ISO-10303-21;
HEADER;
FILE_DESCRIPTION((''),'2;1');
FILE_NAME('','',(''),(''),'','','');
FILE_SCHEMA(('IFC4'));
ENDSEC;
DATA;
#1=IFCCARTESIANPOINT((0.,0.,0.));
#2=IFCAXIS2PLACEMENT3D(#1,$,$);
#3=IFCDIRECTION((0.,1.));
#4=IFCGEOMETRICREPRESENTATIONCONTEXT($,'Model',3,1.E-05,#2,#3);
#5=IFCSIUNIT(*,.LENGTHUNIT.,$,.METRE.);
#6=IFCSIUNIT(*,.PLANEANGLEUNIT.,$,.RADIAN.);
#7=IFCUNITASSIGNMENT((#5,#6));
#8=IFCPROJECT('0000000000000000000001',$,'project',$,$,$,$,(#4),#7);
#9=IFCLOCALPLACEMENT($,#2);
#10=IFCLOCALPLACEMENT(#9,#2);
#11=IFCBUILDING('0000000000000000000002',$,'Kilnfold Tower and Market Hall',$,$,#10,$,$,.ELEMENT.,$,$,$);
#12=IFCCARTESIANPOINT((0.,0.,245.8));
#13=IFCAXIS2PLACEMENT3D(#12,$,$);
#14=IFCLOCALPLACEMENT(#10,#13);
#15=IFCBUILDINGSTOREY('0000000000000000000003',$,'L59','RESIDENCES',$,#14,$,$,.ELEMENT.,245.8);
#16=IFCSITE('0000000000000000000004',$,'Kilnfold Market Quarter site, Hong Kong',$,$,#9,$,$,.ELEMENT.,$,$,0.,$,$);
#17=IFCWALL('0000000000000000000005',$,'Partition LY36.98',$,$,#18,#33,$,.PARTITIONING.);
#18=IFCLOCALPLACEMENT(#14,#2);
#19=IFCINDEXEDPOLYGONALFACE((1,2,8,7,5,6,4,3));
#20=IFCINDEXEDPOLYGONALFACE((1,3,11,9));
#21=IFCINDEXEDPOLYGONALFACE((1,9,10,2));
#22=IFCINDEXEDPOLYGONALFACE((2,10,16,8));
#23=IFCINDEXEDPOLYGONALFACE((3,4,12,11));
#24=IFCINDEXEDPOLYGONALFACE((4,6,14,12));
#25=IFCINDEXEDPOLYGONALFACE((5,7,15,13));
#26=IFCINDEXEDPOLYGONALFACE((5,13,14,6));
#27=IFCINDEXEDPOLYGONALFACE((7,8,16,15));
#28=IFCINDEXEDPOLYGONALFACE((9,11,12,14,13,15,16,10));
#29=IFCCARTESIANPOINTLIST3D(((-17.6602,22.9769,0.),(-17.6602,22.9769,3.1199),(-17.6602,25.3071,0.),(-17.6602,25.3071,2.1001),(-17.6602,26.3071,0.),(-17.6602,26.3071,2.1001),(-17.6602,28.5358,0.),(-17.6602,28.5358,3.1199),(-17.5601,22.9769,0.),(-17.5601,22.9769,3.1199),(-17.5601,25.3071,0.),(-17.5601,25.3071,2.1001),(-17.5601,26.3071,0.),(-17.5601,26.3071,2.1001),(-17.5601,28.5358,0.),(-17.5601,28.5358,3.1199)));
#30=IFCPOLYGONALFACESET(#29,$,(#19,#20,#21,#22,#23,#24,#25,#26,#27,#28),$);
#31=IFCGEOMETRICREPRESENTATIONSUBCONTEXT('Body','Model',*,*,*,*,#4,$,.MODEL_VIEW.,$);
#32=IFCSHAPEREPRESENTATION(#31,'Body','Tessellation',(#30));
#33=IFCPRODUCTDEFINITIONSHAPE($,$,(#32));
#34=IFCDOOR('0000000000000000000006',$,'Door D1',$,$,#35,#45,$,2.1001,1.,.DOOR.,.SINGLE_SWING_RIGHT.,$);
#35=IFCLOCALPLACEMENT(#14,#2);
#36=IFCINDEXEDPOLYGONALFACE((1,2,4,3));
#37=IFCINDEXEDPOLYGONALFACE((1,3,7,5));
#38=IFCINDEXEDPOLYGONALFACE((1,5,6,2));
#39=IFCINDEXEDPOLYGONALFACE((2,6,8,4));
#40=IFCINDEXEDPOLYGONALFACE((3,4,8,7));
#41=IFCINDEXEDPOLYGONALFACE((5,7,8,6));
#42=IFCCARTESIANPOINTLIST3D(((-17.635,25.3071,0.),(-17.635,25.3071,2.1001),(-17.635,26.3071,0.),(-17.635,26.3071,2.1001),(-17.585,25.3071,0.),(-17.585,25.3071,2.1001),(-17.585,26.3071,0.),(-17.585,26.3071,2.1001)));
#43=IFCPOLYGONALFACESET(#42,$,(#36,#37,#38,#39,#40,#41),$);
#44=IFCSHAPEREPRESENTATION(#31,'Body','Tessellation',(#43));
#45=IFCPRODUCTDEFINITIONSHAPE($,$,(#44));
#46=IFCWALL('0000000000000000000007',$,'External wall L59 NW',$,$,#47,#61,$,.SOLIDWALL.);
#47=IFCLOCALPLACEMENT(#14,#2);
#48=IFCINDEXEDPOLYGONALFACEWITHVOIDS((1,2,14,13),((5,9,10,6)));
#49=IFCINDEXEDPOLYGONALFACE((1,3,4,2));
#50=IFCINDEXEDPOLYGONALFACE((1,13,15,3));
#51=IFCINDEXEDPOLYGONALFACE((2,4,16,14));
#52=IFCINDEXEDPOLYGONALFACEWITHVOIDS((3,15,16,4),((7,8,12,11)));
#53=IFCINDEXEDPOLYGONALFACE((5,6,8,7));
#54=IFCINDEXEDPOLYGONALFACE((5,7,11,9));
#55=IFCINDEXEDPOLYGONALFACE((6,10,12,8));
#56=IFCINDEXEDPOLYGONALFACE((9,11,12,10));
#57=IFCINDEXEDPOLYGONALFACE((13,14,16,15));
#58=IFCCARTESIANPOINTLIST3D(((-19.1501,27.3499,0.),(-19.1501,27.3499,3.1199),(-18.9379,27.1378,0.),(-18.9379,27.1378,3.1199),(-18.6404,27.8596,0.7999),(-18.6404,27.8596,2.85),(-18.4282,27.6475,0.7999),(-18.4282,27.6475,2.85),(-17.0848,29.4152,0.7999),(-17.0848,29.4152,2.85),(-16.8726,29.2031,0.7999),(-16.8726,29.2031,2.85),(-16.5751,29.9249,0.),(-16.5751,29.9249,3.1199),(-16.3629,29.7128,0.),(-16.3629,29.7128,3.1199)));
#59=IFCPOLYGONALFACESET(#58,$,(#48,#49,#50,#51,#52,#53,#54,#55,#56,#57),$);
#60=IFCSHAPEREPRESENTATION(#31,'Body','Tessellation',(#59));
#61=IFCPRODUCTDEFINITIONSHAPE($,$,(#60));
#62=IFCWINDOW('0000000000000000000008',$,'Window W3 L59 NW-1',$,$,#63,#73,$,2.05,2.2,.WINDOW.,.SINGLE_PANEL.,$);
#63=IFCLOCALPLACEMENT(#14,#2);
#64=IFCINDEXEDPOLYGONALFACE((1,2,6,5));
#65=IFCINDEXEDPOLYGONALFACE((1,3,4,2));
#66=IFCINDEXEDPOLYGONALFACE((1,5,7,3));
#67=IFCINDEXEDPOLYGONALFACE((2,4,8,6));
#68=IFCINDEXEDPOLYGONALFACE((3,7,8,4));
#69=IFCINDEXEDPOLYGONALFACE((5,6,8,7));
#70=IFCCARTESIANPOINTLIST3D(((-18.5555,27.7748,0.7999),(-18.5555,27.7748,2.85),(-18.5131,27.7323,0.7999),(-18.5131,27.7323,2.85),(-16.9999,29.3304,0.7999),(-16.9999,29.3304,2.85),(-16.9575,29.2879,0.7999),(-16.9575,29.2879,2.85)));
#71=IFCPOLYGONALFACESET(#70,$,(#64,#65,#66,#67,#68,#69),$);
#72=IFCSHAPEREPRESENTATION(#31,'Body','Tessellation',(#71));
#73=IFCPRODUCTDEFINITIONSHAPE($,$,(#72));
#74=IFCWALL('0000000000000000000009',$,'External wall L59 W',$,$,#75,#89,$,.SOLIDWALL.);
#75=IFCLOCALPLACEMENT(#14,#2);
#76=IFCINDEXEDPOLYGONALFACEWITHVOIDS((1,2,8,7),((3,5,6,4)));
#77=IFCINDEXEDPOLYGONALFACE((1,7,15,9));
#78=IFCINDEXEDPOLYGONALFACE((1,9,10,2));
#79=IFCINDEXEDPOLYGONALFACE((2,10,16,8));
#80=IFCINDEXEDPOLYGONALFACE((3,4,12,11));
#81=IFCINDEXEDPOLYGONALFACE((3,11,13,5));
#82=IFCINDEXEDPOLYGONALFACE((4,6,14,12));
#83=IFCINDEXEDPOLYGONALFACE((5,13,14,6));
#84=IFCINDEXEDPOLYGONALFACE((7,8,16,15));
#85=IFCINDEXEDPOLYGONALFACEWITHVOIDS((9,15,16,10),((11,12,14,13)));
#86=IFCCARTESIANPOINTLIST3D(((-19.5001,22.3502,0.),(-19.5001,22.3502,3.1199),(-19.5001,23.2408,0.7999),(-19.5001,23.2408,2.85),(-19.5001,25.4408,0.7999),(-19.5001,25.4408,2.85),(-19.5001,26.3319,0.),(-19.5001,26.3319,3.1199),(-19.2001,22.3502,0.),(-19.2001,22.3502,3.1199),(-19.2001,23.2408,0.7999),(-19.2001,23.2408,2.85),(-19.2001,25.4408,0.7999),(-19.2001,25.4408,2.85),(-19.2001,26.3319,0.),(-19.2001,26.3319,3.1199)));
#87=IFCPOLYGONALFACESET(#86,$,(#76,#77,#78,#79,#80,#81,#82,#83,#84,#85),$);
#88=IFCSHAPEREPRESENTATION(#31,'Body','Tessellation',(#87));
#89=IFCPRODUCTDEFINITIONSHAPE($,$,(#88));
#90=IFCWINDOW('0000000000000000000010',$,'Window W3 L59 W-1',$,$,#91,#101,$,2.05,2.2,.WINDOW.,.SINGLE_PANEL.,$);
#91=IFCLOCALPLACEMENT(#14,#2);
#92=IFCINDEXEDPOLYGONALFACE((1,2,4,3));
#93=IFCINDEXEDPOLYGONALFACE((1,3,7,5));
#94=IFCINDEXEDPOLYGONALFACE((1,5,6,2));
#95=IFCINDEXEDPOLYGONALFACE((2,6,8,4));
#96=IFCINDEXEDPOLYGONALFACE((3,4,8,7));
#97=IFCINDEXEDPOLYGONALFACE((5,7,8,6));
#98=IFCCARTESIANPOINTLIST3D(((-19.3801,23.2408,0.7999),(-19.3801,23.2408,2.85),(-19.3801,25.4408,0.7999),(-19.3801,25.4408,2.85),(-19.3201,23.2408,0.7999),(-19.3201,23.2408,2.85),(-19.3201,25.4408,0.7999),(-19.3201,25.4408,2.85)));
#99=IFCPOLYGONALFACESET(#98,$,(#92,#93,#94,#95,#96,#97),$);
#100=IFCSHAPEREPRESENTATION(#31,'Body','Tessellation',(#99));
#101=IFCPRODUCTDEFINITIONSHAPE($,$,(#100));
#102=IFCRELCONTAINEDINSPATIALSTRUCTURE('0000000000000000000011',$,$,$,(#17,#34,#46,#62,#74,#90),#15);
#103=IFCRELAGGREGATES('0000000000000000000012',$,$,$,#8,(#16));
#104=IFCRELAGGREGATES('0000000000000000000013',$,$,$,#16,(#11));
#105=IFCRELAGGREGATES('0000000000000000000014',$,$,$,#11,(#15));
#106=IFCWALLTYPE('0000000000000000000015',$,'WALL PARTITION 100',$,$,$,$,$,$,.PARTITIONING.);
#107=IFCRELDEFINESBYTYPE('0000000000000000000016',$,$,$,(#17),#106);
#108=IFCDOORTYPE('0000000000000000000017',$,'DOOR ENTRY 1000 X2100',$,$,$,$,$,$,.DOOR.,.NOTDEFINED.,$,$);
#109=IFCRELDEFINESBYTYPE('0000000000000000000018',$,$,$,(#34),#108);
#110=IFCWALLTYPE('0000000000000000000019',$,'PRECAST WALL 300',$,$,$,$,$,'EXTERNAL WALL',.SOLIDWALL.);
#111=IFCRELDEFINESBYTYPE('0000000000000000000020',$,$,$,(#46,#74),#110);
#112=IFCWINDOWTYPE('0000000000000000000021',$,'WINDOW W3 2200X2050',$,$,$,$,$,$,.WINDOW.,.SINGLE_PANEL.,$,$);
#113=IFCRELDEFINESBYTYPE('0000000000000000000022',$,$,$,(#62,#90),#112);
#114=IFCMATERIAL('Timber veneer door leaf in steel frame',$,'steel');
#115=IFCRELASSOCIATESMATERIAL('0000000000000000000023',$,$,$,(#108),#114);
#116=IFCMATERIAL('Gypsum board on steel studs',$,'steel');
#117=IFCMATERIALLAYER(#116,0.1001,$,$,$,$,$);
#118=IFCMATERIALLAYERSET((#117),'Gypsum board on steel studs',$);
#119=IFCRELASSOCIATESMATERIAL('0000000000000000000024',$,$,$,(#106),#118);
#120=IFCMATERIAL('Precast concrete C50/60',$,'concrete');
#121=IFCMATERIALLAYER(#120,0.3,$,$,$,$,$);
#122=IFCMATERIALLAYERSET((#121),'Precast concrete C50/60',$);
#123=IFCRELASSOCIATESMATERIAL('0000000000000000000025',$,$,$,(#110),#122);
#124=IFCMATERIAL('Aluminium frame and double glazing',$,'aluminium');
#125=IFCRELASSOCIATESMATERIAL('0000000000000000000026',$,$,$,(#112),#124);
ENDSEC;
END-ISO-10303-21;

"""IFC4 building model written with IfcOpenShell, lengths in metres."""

from ifc_helpers import new_model, si_unit, direction, frame, frame_2d, origin, place, context, subcontext, project, spatial, rectangle, extrude, source, transform, mapped, material, layer, layer_set, type_object, element, fill, save


model = new_model("IFC4")

# Units and contexts
model_context = context("Model", 3, precision=1e-05, world=origin(), true_north=direction((0.0, 1.0)))
body_context = subcontext(model_context, "Body", "Model", "MODEL_VIEW")
ifc_project = project(units=[si_unit("LENGTHUNIT", "METRE"), si_unit("PLANEANGLEUNIT", "RADIAN")], contexts=[model_context])

# Site, building, storey
site_placement = place(None, origin())
site = spatial("IfcSite", under=ifc_project, at=site_placement, Name="Kilnfold Market Quarter site, Hong Kong", CompositionType="ELEMENT", RefElevation=0.0)
building_placement = place(site_placement, origin())
building = spatial("IfcBuilding", under=site, at=building_placement, Name="Kilnfold Tower and Market Hall", CompositionType="ELEMENT")
storey_placement = place(building_placement, frame((0.0, 0.0, 245.8)))
storey = spatial("IfcBuildingStorey", under=building, at=storey_placement, Name="L59", Description="RESIDENCES", CompositionType="ELEMENT", Elevation=245.8)

# Shared definitions
ifc_material_1 = material(Name="Timber veneer door leaf in steel frame", Category="steel")
door_type_1 = type_object("IfcDoorType", Name="DOOR ENTRY 1000 X2100", OperationType="NOTDEFINED", PredefinedType="DOOR", material=ifc_material_1)

# Wall, opening, door
ifc_material_2 = material(Name="Gypsum board on steel studs", Category="steel")
ifc_layer_1 = layer(ifc_material_2, 0.1001)
ifc_layer_set_1 = layer_set([ifc_layer_1], Name="Gypsum board on steel studs")
wall_type_1 = type_object("IfcWallType", Name="WALL PARTITION 100", PredefinedType="PARTITIONING", material=ifc_layer_set_1)
wall_1_placement = place(storey_placement, frame((-17.6101, 22.9771, 0.0), z_axis=(0.0, 0.0, 1.0), x_axis=(0.0, 1.0, 0.0)))
wall_1 = element("IfcWall", 1, at=wall_1_placement, inside=storey, type_object=wall_type_1, Name="Partition LY36.98", PredefinedType="PARTITIONING", context=body_context, shape_type="SweptSolid", body=[
    extrude(rectangle(XDim=5.5588, YDim=0.1001, at=frame_2d((2.7793, 0.0))), origin(), (0.0, 0.0, 1.0), 3.1199),
])
opening_1_placement = place(wall_1_placement, frame((2.3301, 0.0, 0.0)))
opening_1 = element("IfcOpeningElement", 2, at=opening_1_placement, cuts=wall_1, PredefinedType="OPENING", context=body_context, shape_type="SweptSolid", body=[
    extrude(rectangle(XDim=1.0, YDim=2.1001, at=frame_2d((0.5, 1.05))), frame((0.0, 0.0601, 0.0), z_axis=(0.0, -1.0, 0.0), x_axis=(1.0, 0.0, 0.0)), (0.0, 0.0, 1.0), 0.1201),
])
door_1_placement = place(opening_1_placement, origin())
door_1 = element("IfcDoor", 3, at=door_1_placement, inside=storey, type_object=door_type_1, Name="Door D1", OperationType="SINGLE_SWING_RIGHT", OverallHeight=2.1001, OverallWidth=1.0, PredefinedType="DOOR", context=body_context, shape_type="SweptSolid", body=[
    extrude(rectangle(XDim=1.0, YDim=2.1001, at=frame_2d((0.5, 1.05))), frame((0.0, 0.0249, 0.0), z_axis=(0.0, -1.0, 0.0), x_axis=(1.0, 0.0, 0.0)), (0.0, 0.0, 1.0), 0.05),
])
fill(opening_1, door_1)

# Walls, openings, windows
ifc_material_3 = material(Name="Precast concrete C50/60", Category="concrete")
ifc_layer_2 = layer(ifc_material_3, 0.3)
ifc_layer_set_2 = layer_set([ifc_layer_2], Name="Precast concrete C50/60")
wall_type_2 = type_object("IfcWallType", Name="PRECAST WALL 300", ElementType="EXTERNAL WALL", PredefinedType="SOLIDWALL", material=ifc_layer_set_2)
shared_shape_1 = source(origin(), body_context, "Body", "SweptSolid", [
    extrude(rectangle(XDim=3.6416, YDim=0.3, at=frame_2d((1.8208, 0.0))), origin(), (0.0, 0.0, 1.0), 3.1199),
])
wall_2_placement = place(storey_placement, frame((-16.469, 29.8188, 0.0), z_axis=(0.0, 0.0, 1.0), x_axis=(-0.707107, -0.707107, 0.0)))
wall_2 = element("IfcWall", 4, at=wall_2_placement, inside=storey, type_object=wall_type_2, Name="External wall L59 NW", PredefinedType="SOLIDWALL", context=body_context, shape_type="MappedRepresentation", body=[
    mapped(shared_shape_1, transform((0.0, 0.0, 0.0))),
])
opening_2_placement = place(wall_2_placement, frame((0.7207, 0.0, 0.8)))
opening_2 = element("IfcOpeningElement", 5, at=opening_2_placement, cuts=wall_2, PredefinedType="OPENING", context=body_context, shape_type="SweptSolid", body=[
    extrude(rectangle(XDim=2.2, YDim=2.05, at=frame_2d((1.1001, 1.0249))), frame((0.0, 0.1602, 0.0), z_axis=(0.0, -1.0, 0.0), x_axis=(1.0, 0.0, 0.0)), (0.0, 0.0, 1.0), 0.3201),
])
ifc_material_4 = material(Name="Aluminium frame and double glazing", Category="aluminium")
window_type = type_object("IfcWindowType", Name="WINDOW W3 2200X2050", PartitioningType="SINGLE_PANEL", PredefinedType="WINDOW", material=ifc_material_4)
window_1_placement = place(opening_2_placement, origin())
window_1 = element("IfcWindow", 6, at=window_1_placement, inside=storey, type_object=window_type, Name="Window W3 L59 NW-1", OverallHeight=2.05, OverallWidth=2.2, PartitioningType="SINGLE_PANEL", PredefinedType="WINDOW", context=body_context, shape_type="SweptSolid", body=[
    extrude(rectangle(XDim=2.2, YDim=2.05, at=frame_2d((1.1001, 1.0249))), frame((0.0, 0.03, 0.0), z_axis=(0.0, -1.0, 0.0), x_axis=(1.0, 0.0, 0.0)), (0.0, 0.0, 1.0), 0.0601),
])
fill(opening_2, window_1)
shared_shape_2 = source(origin(), body_context, "Body", "SweptSolid", [
    extrude(rectangle(XDim=3.9817, YDim=0.3, at=frame_2d((1.9907, 0.0))), origin(), (0.0, 0.0, 1.0), 3.1199),
])
wall_3_placement = place(storey_placement, frame((-19.3501, 26.3318, 0.0), z_axis=(0.0, 0.0, 1.0), x_axis=(0.0, -1.0, 0.0)))
wall_3 = element("IfcWall", 7, at=wall_3_placement, inside=storey, type_object=wall_type_2, Name="External wall L59 W", PredefinedType="SOLIDWALL", context=body_context, shape_type="MappedRepresentation", body=[
    mapped(shared_shape_2, transform((0.0, 0.0, 0.0))),
])
opening_3_placement = place(wall_3_placement, frame((0.8909, 0.0, 0.8)))
opening_3 = element("IfcOpeningElement", 8, at=opening_3_placement, cuts=wall_3, PredefinedType="OPENING", context=body_context, shape_type="SweptSolid", body=[
    extrude(rectangle(XDim=2.2, YDim=2.05, at=frame_2d((1.1001, 1.0249))), frame((0.0, 0.1602, 0.0), z_axis=(0.0, -1.0, 0.0), x_axis=(1.0, 0.0, 0.0)), (0.0, 0.0, 1.0), 0.3201),
])
window_2_placement = place(opening_3_placement, origin())
window_2 = element("IfcWindow", 9, at=window_2_placement, inside=storey, type_object=window_type, Name="Window W3 L59 W-1", OverallHeight=2.05, OverallWidth=2.2, PartitioningType="SINGLE_PANEL", PredefinedType="WINDOW", context=body_context, shape_type="SweptSolid", body=[
    extrude(rectangle(XDim=2.2, YDim=2.05, at=frame_2d((1.1001, 1.0249))), frame((0.0, 0.03, 0.0), z_axis=(0.0, -1.0, 0.0), x_axis=(1.0, 0.0, 0.0)), (0.0, 0.0, 1.0), 0.0601),
])
fill(opening_3, window_2)

save(model, "model.ifc")
